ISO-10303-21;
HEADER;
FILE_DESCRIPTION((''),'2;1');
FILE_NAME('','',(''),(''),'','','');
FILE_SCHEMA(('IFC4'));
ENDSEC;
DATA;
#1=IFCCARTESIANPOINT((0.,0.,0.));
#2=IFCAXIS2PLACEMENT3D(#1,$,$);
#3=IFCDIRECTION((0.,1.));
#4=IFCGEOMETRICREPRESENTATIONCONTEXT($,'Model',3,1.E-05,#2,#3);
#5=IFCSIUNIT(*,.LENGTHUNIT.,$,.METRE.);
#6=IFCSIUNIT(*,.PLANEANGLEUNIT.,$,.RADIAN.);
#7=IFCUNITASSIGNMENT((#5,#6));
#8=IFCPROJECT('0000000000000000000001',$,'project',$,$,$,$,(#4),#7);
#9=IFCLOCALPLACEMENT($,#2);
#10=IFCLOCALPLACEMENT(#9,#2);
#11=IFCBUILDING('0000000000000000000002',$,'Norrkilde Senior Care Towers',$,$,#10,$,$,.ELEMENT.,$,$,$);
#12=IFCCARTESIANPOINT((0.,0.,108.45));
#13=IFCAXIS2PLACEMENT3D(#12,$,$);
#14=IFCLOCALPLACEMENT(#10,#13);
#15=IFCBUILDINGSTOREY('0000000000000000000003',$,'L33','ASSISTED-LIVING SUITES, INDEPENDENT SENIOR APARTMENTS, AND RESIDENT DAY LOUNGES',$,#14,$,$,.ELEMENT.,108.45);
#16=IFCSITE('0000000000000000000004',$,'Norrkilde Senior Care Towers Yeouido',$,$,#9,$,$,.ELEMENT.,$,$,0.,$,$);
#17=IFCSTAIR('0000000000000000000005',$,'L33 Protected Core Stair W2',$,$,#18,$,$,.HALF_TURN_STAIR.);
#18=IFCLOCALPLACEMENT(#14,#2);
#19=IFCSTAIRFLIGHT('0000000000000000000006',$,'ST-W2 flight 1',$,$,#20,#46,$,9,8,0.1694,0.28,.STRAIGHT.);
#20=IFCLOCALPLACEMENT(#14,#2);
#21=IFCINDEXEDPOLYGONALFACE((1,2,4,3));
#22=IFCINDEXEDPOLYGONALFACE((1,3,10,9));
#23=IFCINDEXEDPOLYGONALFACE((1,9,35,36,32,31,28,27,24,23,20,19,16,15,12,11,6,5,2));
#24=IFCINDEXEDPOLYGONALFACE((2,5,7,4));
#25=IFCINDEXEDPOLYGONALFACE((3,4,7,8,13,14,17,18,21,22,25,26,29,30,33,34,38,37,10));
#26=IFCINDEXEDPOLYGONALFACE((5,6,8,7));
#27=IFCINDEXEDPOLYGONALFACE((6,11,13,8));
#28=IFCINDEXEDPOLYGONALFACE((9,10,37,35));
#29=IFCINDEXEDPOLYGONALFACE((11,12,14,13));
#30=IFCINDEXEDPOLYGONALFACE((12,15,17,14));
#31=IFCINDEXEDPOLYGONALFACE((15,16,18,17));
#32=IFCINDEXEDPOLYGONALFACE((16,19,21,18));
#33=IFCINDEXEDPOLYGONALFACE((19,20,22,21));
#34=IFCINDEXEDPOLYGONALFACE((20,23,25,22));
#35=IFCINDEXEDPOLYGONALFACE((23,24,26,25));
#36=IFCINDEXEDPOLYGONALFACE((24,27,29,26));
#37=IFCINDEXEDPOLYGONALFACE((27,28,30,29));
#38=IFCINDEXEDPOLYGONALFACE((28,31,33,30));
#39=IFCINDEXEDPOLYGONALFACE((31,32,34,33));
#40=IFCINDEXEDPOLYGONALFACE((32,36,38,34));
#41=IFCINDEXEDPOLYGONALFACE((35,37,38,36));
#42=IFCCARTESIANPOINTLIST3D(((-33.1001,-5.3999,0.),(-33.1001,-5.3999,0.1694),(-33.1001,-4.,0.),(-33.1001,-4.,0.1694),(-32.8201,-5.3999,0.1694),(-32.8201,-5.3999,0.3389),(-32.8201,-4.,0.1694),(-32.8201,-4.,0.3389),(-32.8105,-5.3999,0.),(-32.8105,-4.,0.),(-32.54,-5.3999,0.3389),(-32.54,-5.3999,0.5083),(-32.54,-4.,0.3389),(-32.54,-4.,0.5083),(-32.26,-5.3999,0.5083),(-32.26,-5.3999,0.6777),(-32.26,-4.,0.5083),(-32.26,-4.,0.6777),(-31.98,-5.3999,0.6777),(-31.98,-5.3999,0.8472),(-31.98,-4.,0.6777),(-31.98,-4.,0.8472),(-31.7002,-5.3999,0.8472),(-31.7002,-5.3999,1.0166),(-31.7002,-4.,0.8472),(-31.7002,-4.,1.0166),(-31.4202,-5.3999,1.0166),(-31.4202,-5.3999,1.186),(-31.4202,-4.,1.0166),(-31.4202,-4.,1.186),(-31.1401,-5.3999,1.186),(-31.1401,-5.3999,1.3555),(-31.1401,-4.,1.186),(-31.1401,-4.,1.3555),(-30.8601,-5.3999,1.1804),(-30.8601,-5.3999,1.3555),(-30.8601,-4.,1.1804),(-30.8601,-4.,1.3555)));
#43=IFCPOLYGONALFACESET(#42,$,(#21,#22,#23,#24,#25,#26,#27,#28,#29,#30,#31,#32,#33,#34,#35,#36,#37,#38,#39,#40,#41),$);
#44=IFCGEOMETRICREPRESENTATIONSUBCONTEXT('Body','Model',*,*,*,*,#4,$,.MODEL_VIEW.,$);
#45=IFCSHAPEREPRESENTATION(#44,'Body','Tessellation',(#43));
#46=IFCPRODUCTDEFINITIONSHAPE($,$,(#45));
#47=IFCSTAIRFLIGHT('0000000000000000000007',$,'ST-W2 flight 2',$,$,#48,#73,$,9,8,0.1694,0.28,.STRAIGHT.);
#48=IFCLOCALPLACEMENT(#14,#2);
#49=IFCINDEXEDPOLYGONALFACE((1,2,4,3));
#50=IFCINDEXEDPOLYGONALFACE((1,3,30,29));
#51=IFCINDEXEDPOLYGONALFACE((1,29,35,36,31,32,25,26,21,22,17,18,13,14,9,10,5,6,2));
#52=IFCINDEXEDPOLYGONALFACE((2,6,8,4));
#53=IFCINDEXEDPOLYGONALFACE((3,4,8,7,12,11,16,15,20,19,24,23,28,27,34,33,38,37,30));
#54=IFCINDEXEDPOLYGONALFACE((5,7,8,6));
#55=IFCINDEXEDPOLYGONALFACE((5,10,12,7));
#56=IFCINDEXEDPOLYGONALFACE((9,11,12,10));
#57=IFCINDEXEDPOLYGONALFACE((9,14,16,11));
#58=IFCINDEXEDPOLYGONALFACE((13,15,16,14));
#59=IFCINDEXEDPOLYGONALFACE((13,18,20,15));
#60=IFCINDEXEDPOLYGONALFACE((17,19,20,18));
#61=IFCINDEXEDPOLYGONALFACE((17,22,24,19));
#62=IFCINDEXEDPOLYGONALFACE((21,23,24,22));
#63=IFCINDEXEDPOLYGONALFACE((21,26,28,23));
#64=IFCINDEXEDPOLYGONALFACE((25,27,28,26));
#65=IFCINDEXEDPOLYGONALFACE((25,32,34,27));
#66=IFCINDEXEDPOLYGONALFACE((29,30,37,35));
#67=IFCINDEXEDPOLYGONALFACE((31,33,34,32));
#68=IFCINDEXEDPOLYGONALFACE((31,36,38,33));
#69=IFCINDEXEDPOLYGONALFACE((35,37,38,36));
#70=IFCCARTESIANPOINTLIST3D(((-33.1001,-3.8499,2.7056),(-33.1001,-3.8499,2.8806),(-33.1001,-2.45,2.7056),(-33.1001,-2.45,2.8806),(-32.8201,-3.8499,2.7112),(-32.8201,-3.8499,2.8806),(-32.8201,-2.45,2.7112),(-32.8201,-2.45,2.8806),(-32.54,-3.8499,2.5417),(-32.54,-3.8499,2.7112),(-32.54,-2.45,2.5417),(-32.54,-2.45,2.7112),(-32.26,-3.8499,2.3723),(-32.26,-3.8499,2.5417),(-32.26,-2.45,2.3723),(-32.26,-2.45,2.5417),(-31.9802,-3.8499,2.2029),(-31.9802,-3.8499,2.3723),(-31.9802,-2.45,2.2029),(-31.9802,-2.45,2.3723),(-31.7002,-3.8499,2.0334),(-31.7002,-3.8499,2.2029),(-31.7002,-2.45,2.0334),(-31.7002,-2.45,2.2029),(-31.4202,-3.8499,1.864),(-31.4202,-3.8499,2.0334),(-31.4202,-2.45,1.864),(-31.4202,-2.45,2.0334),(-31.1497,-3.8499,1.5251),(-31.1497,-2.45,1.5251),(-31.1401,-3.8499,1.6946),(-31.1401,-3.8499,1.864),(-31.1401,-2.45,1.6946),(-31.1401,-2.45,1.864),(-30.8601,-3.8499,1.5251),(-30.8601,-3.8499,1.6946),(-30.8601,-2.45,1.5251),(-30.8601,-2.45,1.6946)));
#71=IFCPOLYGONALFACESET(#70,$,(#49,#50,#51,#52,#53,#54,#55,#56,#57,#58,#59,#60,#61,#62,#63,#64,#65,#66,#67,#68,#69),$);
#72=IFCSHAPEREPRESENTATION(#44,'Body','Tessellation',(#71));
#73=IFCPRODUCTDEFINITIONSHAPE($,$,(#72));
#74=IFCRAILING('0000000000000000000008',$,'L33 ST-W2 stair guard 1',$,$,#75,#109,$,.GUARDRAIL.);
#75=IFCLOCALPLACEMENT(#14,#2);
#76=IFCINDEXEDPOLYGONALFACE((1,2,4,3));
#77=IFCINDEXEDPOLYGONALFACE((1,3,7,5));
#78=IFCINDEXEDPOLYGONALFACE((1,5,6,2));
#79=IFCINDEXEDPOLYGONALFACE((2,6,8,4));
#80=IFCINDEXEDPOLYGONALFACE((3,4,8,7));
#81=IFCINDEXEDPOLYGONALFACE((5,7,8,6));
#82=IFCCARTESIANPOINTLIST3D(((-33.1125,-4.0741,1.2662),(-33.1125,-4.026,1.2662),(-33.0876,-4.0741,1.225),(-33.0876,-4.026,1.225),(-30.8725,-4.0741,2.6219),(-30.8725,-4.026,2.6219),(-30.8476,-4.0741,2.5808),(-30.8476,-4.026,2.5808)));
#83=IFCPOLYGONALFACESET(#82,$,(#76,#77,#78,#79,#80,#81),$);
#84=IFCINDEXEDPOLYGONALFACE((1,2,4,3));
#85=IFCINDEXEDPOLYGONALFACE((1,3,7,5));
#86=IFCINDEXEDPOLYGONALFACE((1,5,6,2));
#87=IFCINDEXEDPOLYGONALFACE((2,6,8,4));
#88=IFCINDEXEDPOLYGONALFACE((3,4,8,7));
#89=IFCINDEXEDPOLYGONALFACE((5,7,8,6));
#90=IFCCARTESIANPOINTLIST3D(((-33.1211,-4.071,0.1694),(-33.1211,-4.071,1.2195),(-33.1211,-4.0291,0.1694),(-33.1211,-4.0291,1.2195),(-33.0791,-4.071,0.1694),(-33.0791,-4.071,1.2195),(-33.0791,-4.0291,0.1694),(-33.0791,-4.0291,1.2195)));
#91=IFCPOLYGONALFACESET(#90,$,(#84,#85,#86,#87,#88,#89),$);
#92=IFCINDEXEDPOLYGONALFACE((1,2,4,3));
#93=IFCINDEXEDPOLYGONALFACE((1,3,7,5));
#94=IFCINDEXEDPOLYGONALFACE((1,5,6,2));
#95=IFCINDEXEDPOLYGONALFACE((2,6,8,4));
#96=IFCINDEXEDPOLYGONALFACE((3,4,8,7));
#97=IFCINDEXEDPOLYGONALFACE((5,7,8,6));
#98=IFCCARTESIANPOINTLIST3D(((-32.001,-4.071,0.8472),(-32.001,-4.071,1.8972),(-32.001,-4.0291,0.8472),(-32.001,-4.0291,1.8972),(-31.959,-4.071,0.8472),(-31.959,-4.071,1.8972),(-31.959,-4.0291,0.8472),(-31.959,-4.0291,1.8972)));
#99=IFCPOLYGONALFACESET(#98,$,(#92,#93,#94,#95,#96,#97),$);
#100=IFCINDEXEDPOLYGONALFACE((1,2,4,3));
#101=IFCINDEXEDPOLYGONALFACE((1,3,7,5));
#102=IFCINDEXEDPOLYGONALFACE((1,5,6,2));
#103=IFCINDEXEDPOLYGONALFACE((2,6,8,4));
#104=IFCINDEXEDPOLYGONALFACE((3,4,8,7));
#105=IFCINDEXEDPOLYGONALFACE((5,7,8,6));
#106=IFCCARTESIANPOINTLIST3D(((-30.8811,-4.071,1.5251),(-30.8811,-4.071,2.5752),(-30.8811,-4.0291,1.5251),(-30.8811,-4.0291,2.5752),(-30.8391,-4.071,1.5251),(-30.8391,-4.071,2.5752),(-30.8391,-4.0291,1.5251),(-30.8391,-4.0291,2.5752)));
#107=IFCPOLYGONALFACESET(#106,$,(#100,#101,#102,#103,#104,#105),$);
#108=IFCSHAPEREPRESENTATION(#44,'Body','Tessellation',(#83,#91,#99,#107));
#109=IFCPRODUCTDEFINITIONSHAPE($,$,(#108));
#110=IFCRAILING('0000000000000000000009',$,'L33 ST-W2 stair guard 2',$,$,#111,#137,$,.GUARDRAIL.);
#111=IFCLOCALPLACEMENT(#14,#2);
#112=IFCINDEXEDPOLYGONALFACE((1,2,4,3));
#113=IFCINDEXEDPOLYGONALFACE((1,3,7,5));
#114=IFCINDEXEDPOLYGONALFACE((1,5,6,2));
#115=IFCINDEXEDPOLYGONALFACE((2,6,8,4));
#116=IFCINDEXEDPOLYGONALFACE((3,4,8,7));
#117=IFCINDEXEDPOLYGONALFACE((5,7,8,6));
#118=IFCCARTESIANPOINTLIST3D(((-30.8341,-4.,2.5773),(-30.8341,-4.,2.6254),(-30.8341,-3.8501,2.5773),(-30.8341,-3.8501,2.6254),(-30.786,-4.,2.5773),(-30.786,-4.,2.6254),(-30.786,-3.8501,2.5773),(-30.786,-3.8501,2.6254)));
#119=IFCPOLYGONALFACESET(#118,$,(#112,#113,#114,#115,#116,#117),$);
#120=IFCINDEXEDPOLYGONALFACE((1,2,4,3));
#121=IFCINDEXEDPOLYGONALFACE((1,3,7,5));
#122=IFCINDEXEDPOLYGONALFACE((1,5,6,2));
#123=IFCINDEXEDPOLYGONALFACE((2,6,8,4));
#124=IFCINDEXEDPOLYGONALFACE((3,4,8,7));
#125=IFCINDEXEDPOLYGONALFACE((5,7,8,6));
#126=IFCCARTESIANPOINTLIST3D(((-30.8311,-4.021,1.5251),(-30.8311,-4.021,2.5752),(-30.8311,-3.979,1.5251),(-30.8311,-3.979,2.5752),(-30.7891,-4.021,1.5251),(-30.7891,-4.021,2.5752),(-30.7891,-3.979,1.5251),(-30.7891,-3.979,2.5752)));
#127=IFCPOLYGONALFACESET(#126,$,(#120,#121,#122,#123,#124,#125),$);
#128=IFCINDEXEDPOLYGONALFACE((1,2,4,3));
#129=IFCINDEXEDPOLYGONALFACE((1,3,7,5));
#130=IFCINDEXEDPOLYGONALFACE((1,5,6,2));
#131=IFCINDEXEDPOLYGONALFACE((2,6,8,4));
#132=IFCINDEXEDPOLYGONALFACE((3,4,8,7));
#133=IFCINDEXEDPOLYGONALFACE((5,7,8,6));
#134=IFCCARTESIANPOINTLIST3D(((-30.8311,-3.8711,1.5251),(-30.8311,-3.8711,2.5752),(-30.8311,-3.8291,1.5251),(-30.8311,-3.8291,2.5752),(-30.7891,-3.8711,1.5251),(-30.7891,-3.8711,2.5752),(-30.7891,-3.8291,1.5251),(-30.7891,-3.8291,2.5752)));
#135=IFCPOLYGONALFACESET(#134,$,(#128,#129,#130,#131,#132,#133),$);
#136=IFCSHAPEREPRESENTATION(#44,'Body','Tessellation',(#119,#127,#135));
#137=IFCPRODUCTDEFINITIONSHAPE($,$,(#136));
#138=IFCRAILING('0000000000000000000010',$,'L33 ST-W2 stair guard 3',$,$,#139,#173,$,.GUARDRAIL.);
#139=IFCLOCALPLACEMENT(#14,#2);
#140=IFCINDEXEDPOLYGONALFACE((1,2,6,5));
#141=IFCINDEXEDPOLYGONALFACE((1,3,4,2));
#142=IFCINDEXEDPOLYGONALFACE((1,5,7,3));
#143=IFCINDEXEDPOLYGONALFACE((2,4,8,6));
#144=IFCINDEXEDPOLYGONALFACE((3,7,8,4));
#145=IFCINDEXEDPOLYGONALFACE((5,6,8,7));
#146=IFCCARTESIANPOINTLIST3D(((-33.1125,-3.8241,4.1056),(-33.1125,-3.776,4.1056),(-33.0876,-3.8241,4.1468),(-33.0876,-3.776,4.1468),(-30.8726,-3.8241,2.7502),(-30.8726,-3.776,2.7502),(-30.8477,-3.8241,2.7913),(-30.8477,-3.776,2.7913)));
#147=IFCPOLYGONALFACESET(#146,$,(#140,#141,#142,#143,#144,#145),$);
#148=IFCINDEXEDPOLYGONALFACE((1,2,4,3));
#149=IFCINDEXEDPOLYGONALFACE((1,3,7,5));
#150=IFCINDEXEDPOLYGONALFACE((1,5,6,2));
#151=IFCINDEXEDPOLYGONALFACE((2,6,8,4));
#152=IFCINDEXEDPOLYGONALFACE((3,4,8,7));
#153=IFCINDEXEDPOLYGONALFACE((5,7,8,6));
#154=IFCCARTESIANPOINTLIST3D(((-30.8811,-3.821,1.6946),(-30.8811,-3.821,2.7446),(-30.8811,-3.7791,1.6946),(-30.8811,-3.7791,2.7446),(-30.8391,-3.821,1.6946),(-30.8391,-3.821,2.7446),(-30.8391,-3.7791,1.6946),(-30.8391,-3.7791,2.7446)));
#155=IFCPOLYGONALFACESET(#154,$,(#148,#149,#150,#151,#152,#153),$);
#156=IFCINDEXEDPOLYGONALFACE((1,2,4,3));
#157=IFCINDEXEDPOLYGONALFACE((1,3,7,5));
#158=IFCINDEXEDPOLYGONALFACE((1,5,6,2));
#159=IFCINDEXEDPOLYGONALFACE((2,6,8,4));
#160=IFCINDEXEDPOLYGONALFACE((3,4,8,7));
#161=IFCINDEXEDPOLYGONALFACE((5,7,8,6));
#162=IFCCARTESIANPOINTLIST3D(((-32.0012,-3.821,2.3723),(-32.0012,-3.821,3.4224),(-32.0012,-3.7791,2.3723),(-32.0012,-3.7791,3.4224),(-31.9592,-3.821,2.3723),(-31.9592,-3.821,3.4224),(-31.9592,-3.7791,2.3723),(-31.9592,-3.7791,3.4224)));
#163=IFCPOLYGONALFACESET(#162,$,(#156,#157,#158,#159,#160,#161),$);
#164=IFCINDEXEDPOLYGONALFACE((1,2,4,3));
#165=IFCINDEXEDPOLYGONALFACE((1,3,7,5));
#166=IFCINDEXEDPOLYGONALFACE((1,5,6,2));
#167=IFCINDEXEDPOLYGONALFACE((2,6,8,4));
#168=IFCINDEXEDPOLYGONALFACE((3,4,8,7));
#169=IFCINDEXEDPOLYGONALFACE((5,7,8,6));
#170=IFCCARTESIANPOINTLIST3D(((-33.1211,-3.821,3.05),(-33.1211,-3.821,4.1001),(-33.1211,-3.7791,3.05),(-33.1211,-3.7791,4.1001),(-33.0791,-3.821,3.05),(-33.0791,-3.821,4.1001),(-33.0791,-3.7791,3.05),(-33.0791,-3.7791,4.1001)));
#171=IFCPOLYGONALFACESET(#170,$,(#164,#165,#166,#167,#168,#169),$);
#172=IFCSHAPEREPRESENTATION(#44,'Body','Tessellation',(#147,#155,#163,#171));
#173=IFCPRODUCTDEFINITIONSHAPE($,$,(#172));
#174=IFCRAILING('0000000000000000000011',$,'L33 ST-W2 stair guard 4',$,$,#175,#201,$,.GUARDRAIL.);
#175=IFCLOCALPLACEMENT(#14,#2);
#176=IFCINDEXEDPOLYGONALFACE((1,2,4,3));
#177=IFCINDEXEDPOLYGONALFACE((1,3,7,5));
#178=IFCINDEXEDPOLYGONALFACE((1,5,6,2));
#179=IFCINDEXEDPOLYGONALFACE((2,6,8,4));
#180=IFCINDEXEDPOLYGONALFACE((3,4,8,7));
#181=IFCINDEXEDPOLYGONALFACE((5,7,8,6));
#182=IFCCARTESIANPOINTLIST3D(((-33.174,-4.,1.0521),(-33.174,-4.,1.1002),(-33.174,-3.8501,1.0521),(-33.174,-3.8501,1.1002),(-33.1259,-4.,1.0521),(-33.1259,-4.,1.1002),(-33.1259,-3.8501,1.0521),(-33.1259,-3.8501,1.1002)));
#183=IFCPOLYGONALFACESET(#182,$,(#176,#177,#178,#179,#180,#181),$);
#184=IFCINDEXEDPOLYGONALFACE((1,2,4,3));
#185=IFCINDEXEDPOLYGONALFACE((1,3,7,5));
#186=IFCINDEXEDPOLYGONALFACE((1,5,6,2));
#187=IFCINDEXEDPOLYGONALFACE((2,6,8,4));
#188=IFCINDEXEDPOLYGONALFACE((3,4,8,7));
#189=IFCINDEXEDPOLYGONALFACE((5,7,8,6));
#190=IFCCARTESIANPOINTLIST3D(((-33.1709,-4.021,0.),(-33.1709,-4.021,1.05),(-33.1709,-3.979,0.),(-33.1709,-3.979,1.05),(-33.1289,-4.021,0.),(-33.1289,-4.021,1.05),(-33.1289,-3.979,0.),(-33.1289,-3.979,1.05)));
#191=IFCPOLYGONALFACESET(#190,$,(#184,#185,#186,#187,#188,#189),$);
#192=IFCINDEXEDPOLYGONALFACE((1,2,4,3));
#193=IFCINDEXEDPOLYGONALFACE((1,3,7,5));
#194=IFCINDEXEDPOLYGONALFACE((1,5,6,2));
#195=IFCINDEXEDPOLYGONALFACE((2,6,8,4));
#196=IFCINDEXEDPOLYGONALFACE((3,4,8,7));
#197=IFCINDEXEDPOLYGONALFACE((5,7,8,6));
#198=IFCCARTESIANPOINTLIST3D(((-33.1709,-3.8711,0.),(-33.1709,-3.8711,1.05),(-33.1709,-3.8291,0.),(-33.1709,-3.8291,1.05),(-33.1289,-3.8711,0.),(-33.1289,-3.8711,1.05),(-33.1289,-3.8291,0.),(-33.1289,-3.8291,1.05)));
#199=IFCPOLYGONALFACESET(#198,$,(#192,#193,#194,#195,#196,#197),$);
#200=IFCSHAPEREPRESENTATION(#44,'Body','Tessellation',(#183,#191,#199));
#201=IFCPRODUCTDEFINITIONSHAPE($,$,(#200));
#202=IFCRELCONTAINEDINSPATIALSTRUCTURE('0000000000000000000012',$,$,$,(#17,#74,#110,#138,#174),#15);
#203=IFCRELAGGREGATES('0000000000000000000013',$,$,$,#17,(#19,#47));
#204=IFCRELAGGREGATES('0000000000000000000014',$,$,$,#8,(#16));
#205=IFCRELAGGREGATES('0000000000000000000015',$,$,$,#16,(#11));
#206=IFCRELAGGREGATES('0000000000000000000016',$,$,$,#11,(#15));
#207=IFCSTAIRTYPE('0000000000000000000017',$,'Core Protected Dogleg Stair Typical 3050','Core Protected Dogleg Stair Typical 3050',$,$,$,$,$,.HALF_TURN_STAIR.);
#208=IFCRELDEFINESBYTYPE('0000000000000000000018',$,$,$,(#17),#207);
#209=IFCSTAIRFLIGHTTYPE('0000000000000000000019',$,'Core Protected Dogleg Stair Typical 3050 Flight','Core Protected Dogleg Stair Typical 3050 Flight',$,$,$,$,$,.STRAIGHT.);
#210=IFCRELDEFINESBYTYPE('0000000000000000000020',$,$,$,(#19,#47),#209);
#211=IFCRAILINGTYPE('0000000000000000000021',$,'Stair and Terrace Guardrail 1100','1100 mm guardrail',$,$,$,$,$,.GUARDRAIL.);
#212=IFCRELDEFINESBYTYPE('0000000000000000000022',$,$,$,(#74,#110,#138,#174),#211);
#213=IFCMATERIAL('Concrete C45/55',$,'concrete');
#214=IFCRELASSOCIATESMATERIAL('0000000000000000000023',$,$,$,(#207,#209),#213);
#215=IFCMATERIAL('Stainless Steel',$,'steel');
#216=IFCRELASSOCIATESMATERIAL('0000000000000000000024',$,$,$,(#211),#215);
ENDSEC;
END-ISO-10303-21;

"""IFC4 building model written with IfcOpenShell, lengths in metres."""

from ifc_helpers import new_model, si_unit, direction, frame, origin, origin_2d, place, context, subcontext, project, spatial, polyline, rectangle, outline, extrude, material, type_object, element, aggregate, save


model = new_model("IFC4")

# Units and contexts
model_context = context("Model", 3, precision=1e-05, world=origin(), true_north=direction((0.0, 1.0)))
body_context = subcontext(model_context, "Body", "Model", "MODEL_VIEW")
ifc_project = project(units=[si_unit("LENGTHUNIT", "METRE"), si_unit("PLANEANGLEUNIT", "RADIAN")], contexts=[model_context])

# Site, building, storey
site_placement = place(None, origin())
site = spatial("IfcSite", under=ifc_project, at=site_placement, Name="Norrkilde Senior Care Towers Yeouido", CompositionType="ELEMENT", RefElevation=0.0)
building_placement = place(site_placement, origin())
building = spatial("IfcBuilding", under=site, at=building_placement, Name="Norrkilde Senior Care Towers", CompositionType="ELEMENT")
storey_placement = place(building_placement, frame((0.0, 0.0, 108.45)))
storey = spatial("IfcBuildingStorey", under=building, at=storey_placement, Name="L33", Description="ASSISTED-LIVING SUITES, INDEPENDENT SENIOR APARTMENTS, AND RESIDENT DAY LOUNGES", CompositionType="ELEMENT", Elevation=108.45)

# Shared definitions
ifc_material_1 = material(Name="Concrete C45/55", Category="concrete")

# Stair, stair flights
stair_type = type_object("IfcStairType", Name="Core Protected Dogleg Stair Typical 3050", Description="Core Protected Dogleg Stair Typical 3050", PredefinedType="HALF_TURN_STAIR", material=ifc_material_1)
stair_placement = place(storey_placement, origin())
stair = element("IfcStair", 1, at=stair_placement, inside=storey, type_object=stair_type, Name="L33 Protected Core Stair W2", PredefinedType="HALF_TURN_STAIR")
stair_flight_type = type_object("IfcStairFlightType", Name="Core Protected Dogleg Stair Typical 3050 Flight", Description="Core Protected Dogleg Stair Typical 3050 Flight", PredefinedType="STRAIGHT", material=ifc_material_1)
stair_flight_1_placement = place(storey_placement, frame((-33.1001, -4.7, 0.0), z_axis=(0.0, 0.0, 1.0), x_axis=(1.0, 0.0, 0.0)))
stair_flight_1 = element("IfcStairFlight", 2, at=stair_flight_1_placement, type_object=stair_flight_type, Name="ST-W2 flight 1", NumberOfRisers=9, NumberOfTreads=8, PredefinedType="STRAIGHT", RiserHeight=0.1694, TreadLength=0.28, context=body_context, shape_type="SweptSolid", body=[
    extrude(outline(polyline([(0.0, 0.0), (0.0, 0.1694), (0.28, 0.1694), (0.28, 0.3389), (0.5601, 0.3389), (0.5601, 0.5083), (0.8401, 0.5083), (0.8401, 0.6777), (1.1201, 0.6777), (1.1201, 0.8472), (1.3999, 0.8472), (1.3999, 1.0166), (1.6799, 1.0166), (1.6799, 1.186), (1.96, 1.186), (1.96, 1.3555), (2.24, 1.3555), (2.24, 1.5249), (2.24, 1.1804), (0.2896, 0.0), (0.0, 0.0)])), frame((0.0, 0.7, 0.0), z_axis=(0.0, -1.0, 0.0), x_axis=(1.0, 0.0, 0.0)), (0.0, 0.0, 1.0), 1.3999),
])
stair_flight_2_placement = place(storey_placement, frame((-30.8601, -3.1499, 1.5251), z_axis=(0.0, 0.0, 1.0), x_axis=(-1.0, 0.0, 0.0)))
stair_flight_2 = element("IfcStairFlight", 3, at=stair_flight_2_placement, type_object=stair_flight_type, Name="ST-W2 flight 2", NumberOfRisers=9, NumberOfTreads=8, PredefinedType="STRAIGHT", RiserHeight=0.1694, TreadLength=0.28, context=body_context, shape_type="SweptSolid", body=[
    extrude(outline(polyline([(0.0, 0.0), (0.0, 0.1694), (0.28, 0.1694), (0.28, 0.3389), (0.5601, 0.3389), (0.5601, 0.5083), (0.8401, 0.5083), (0.8401, 0.6777), (1.1201, 0.6777), (1.1201, 0.8472), (1.3999, 0.8472), (1.3999, 1.0166), (1.6799, 1.0166), (1.6799, 1.186), (1.96, 1.186), (1.96, 1.3555), (2.24, 1.3555), (2.24, 1.5249), (2.24, 1.1804), (0.2896, 0.0), (0.0, 0.0)])), frame((0.0, 0.7, 0.0), z_axis=(0.0, -1.0, 0.0), x_axis=(1.0, 0.0, 0.0)), (0.0, 0.0, 1.0), 1.3999),
])
aggregate(stair, [stair_flight_1, stair_flight_2])

# Railings
ifc_material_2 = material(Name="Stainless Steel", Category="steel")
railing_type_1 = type_object("IfcRailingType", Name="Stair and Terrace Guardrail 1100", Description="1100 mm guardrail", PredefinedType="GUARDRAIL", material=ifc_material_2)
railing_1_placement = place(storey_placement, frame((-33.1001, -4.05, 0.1694)))
element("IfcRailing", 4, at=railing_1_placement, inside=storey, type_object=railing_type_1, Name="L33 ST-W2 stair guard 1", PredefinedType="GUARDRAIL", context=body_context, shape_type="SweptSolid", body=[
    extrude(rectangle(XDim=0.0481, YDim=0.0481, at=origin_2d()), frame((0.0, 0.0, 1.0762), z_axis=(0.855512, 0.0, 0.517783), x_axis=(0.0, 1.0, 0.0)), (0.0, 0.0, 1.0), 2.6184),
    extrude(rectangle(XDim=0.042, YDim=0.042, at=origin_2d()), origin(), (0.0, 0.0, 1.0), 1.05),
    extrude(rectangle(XDim=0.042, YDim=0.042, at=origin_2d()), frame((1.1201, 0.0, 0.6777)), (0.0, 0.0, 1.0), 1.05),
    extrude(rectangle(XDim=0.042, YDim=0.042, at=origin_2d()), frame((2.24, 0.0, 1.3557)), (0.0, 0.0, 1.0), 1.05),
])
railing_2_placement = place(storey_placement, frame((-30.8101, -4.0, 1.5251)))
element("IfcRailing", 5, at=railing_2_placement, inside=storey, type_object=railing_type_1, Name="L33 ST-W2 stair guard 2", PredefinedType="GUARDRAIL", context=body_context, shape_type="SweptSolid", body=[
    extrude(rectangle(XDim=0.0481, YDim=0.0481, at=origin_2d()), frame((0.0, 0.0, 1.0762), z_axis=(0.0, 1.0, 0.0), x_axis=(-1.0, 0.0, 0.0)), (0.0, 0.0, 1.0), 0.1499),
    extrude(rectangle(XDim=0.042, YDim=0.042, at=origin_2d()), origin(), (0.0, 0.0, 1.0), 1.05),
    extrude(rectangle(XDim=0.042, YDim=0.042, at=origin_2d()), frame((0.0, 0.1499, 0.0)), (0.0, 0.0, 1.0), 1.05),
])
railing_3_placement = place(storey_placement, frame((-30.8601, -3.8, 1.6946)))
element("IfcRailing", 6, at=railing_3_placement, inside=storey, type_object=railing_type_1, Name="L33 ST-W2 stair guard 3", PredefinedType="GUARDRAIL", context=body_context, shape_type="SweptSolid", body=[
    extrude(rectangle(XDim=0.0481, YDim=0.0481, at=origin_2d()), frame((0.0, 0.0, 1.0762), z_axis=(-0.855553, 0.0, 0.517715), x_axis=(0.0, -1.0, 0.0)), (0.0, 0.0, 1.0), 2.6182),
    extrude(rectangle(XDim=0.042, YDim=0.042, at=origin_2d()), origin(), (0.0, 0.0, 1.0), 1.05),
    extrude(rectangle(XDim=0.042, YDim=0.042, at=origin_2d()), frame((-1.1201, 0.0, 0.6777)), (0.0, 0.0, 1.0), 1.05),
    extrude(rectangle(XDim=0.042, YDim=0.042, at=origin_2d()), frame((-2.24, 0.0, 1.3555)), (0.0, 0.0, 1.0), 1.05),
])
railing_4_placement = place(storey_placement, frame((-33.1499, -4.0, 0.0)))
element("IfcRailing", 7, at=railing_4_placement, inside=storey, type_object=railing_type_1, Name="L33 ST-W2 stair guard 4", PredefinedType="GUARDRAIL", context=body_context, shape_type="SweptSolid", body=[
    extrude(rectangle(XDim=0.0481, YDim=0.0481, at=origin_2d()), frame((0.0, 0.0, 1.0762), z_axis=(0.0, 1.0, 0.0), x_axis=(-1.0, 0.0, 0.0)), (0.0, 0.0, 1.0), 0.1499),
    extrude(rectangle(XDim=0.042, YDim=0.042, at=origin_2d()), origin(), (0.0, 0.0, 1.0), 1.05),
    extrude(rectangle(XDim=0.042, YDim=0.042, at=origin_2d()), frame((0.0, 0.1499, 0.0)), (0.0, 0.0, 1.0), 1.05),
])

save(model, "model.ifc")
